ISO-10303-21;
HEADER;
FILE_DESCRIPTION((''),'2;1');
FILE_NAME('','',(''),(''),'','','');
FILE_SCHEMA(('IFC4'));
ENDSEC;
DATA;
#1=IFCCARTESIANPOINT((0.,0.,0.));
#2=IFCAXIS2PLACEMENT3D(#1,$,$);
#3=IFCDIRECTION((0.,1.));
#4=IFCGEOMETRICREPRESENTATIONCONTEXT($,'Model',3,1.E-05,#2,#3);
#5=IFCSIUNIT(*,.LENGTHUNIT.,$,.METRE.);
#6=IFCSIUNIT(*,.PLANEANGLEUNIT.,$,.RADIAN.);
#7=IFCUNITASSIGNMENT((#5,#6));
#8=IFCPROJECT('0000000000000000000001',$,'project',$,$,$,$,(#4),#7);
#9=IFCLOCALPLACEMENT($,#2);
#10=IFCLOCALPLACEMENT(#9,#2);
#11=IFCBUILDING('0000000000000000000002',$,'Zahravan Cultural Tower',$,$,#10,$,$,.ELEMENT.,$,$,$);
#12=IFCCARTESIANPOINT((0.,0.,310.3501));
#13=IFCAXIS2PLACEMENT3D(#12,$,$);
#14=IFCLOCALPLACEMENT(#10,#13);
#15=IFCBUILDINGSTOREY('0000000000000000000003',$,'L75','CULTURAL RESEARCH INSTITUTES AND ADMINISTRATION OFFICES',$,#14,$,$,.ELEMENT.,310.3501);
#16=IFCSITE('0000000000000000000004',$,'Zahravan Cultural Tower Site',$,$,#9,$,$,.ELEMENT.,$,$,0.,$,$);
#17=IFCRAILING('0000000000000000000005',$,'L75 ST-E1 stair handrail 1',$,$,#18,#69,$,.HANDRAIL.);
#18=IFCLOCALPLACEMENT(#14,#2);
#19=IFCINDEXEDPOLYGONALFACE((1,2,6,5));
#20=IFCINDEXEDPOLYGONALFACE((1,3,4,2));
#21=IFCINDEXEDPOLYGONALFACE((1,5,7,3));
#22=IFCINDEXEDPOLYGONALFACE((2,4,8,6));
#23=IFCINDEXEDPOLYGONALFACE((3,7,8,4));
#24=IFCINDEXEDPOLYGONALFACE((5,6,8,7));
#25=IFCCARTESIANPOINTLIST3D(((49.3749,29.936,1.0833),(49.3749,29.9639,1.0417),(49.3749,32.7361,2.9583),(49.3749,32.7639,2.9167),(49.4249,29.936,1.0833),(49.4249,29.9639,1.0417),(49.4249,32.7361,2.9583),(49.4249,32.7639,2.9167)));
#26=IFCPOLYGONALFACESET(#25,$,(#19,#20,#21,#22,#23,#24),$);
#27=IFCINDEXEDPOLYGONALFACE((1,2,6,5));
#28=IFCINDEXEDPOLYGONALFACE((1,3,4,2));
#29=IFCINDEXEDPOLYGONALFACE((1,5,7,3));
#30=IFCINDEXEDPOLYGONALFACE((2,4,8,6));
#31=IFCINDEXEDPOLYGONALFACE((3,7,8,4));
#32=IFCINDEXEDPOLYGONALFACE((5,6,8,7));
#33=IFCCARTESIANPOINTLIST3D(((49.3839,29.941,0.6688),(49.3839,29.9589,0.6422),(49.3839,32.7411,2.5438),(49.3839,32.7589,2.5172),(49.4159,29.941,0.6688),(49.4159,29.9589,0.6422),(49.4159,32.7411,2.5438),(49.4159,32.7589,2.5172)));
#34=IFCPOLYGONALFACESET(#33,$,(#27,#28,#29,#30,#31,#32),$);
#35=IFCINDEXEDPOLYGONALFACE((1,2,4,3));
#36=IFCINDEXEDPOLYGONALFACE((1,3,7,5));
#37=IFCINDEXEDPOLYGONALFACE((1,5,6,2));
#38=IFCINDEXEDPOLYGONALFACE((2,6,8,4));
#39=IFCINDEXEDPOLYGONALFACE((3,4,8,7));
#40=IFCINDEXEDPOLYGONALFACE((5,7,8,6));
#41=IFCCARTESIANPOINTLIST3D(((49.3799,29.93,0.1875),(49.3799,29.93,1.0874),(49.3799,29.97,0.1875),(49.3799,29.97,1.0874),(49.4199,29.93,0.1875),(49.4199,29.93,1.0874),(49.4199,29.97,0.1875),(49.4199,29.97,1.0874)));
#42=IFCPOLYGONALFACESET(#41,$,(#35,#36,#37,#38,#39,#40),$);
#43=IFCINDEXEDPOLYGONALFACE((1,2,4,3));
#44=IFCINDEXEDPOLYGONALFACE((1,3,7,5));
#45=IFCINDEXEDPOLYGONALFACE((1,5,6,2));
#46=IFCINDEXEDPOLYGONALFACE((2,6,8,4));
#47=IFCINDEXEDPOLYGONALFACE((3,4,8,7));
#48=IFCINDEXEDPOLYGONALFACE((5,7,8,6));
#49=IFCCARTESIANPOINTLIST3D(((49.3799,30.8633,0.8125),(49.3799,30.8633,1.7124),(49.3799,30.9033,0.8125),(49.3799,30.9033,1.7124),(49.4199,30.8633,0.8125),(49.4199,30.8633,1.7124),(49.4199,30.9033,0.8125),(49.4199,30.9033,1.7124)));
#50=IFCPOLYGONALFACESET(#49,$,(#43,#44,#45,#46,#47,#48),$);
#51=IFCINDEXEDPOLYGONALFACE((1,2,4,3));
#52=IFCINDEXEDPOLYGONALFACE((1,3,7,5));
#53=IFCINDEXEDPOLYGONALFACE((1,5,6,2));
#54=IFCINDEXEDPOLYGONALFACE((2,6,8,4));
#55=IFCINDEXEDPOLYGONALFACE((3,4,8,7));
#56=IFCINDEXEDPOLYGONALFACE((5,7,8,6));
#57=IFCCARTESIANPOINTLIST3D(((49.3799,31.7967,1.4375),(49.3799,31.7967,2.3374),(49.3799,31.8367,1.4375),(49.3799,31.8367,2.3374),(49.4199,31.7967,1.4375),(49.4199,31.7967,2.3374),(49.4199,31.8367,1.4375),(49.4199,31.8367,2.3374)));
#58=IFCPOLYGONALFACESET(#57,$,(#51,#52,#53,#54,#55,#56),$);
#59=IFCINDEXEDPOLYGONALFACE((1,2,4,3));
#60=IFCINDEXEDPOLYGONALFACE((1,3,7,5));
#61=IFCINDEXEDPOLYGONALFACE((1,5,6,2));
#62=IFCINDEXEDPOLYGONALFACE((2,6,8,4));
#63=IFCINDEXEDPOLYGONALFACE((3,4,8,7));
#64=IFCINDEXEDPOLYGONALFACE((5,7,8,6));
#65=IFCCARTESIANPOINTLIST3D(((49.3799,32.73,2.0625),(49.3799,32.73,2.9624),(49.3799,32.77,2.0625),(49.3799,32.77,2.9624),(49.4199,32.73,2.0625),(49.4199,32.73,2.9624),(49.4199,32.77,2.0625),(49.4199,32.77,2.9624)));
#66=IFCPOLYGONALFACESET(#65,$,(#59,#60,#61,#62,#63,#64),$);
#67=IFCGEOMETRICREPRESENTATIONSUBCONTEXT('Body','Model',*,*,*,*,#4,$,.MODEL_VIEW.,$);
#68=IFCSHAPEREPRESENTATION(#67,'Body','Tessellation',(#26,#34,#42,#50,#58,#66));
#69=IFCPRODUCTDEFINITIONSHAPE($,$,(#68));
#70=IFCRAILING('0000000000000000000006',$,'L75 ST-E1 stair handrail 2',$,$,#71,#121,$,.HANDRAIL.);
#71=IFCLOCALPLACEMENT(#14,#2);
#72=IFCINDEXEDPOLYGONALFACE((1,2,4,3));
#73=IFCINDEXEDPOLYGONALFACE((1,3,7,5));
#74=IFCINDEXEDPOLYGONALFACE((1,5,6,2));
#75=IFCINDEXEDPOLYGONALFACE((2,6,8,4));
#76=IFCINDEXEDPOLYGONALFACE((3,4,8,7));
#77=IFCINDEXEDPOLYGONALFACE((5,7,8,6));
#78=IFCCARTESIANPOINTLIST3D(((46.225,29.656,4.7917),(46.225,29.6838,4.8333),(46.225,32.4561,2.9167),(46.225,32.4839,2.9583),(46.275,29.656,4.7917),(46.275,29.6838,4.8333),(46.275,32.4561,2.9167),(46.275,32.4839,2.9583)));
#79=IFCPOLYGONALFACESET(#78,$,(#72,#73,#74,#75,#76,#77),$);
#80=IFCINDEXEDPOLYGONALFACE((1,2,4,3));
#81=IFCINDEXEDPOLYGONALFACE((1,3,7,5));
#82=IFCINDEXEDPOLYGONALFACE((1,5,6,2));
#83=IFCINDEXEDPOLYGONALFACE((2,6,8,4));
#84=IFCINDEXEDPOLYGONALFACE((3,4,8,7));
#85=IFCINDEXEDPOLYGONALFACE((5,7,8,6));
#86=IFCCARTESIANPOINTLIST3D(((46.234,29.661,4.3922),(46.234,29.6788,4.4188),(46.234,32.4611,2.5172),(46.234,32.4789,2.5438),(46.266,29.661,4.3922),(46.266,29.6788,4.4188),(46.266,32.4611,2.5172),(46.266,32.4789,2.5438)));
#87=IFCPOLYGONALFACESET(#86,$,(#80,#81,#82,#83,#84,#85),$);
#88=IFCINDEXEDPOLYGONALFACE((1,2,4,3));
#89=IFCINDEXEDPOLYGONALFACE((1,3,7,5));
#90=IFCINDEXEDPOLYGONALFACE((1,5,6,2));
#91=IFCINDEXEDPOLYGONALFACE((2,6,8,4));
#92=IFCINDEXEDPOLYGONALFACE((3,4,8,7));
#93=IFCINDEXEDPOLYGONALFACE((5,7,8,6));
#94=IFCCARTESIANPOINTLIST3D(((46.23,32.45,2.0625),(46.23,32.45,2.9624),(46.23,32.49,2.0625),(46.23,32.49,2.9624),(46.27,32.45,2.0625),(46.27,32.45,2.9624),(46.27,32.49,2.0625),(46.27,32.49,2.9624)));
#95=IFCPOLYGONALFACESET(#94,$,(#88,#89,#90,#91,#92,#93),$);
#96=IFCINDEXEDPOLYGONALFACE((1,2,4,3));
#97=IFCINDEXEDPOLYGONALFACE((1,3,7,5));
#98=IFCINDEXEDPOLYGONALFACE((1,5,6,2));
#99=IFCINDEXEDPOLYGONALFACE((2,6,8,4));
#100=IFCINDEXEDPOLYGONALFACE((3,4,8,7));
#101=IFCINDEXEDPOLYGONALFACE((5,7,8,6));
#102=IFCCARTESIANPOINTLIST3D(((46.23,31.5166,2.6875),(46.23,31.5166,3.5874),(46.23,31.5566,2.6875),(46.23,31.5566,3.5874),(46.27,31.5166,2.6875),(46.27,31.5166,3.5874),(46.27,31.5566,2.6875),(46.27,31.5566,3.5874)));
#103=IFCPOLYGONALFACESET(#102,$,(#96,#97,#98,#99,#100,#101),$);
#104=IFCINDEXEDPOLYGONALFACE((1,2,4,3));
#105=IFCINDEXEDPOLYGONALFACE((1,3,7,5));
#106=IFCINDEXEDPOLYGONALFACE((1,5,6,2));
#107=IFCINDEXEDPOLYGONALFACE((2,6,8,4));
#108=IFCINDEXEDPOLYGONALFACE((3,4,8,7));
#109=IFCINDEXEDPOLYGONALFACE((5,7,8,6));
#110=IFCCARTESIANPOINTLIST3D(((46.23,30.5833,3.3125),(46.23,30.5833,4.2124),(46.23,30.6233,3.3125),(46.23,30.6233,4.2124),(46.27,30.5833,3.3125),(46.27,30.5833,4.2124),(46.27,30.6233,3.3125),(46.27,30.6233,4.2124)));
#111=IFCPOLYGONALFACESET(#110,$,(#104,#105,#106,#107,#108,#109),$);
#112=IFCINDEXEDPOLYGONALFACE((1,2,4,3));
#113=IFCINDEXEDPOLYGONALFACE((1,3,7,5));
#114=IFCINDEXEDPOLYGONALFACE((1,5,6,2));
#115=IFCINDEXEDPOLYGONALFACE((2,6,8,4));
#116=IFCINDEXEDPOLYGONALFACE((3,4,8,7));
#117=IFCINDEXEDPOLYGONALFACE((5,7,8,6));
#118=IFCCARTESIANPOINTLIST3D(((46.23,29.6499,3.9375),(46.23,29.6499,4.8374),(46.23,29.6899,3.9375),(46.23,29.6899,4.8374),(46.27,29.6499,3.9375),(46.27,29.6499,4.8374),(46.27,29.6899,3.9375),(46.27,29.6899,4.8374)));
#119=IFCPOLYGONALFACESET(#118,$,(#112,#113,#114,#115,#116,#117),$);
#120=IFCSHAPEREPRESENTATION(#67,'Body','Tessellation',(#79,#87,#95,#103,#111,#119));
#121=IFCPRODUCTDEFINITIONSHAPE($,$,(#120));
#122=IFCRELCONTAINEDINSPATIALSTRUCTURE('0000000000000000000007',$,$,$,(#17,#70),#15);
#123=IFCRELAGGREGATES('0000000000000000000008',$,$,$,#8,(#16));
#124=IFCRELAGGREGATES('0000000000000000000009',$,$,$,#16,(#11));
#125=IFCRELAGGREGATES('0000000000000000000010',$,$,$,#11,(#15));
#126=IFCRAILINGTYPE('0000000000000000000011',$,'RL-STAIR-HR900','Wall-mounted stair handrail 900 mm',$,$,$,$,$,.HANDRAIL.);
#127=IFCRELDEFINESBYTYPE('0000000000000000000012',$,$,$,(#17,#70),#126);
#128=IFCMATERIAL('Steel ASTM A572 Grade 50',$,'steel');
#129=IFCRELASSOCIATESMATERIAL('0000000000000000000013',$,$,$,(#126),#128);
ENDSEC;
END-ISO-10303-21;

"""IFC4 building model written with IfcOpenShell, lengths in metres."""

from ifc_helpers import new_model, si_unit, direction, frame, origin, origin_2d, place, context, subcontext, project, spatial, rectangle, extrude, material, type_object, element, save


model = new_model("IFC4")

# Units and contexts
model_context = context("Model", 3, precision=1e-05, world=origin(), true_north=direction((0.0, 1.0)))
body_context = subcontext(model_context, "Body", "Model", "MODEL_VIEW")
ifc_project = project(units=[si_unit("LENGTHUNIT", "METRE"), si_unit("PLANEANGLEUNIT", "RADIAN")], contexts=[model_context])

# Site, building, storey
site_placement = place(None, origin())
site = spatial("IfcSite", under=ifc_project, at=site_placement, Name="Zahravan Cultural Tower Site", CompositionType="ELEMENT", RefElevation=0.0)
building_placement = place(site_placement, origin())
building = spatial("IfcBuilding", under=site, at=building_placement, Name="Zahravan Cultural Tower", CompositionType="ELEMENT")
storey_placement = place(building_placement, frame((0.0, 0.0, 310.3501)))
storey = spatial("IfcBuildingStorey", under=building, at=storey_placement, Name="L75", Description="CULTURAL RESEARCH INSTITUTES AND ADMINISTRATION OFFICES", CompositionType="ELEMENT", Elevation=310.3501)

# Shared definitions
ifc_material_1 = material(Name="Steel ASTM A572 Grade 50", Category="steel")

# Railings
railing_type_1 = type_object("IfcRailingType", Name="RL-STAIR-HR900", Description="Wall-mounted stair handrail 900 mm", PredefinedType="HANDRAIL", material=ifc_material_1)
railing_1_placement = place(storey_placement, frame((49.3999, 29.95, 0.1875)))
element("IfcRailing", 1, at=railing_1_placement, inside=storey, type_object=railing_type_1, Name="L75 ST-E1 stair handrail 1", PredefinedType="HANDRAIL", context=body_context, shape_type="SweptSolid", body=[
    extrude(rectangle(XDim=0.05, YDim=0.05, at=origin_2d()), frame((0.0, 0.0, 0.875), z_axis=(0.0, 0.830912, 0.556404), x_axis=(-1.0, 0.0, 0.0)), (0.0, 0.0, 1.0), 3.3699),
    extrude(rectangle(XDim=0.032, YDim=0.032, at=origin_2d()), frame((0.0, 0.0, 0.468), z_axis=(0.0, 0.830912, 0.556404), x_axis=(-1.0, 0.0, 0.0)), (0.0, 0.0, 1.0), 3.3699),
    extrude(rectangle(XDim=0.04, YDim=0.04, at=origin_2d()), origin(), (0.0, 0.0, 1.0), 0.8999),
    extrude(rectangle(XDim=0.04, YDim=0.04, at=origin_2d()), frame((0.0, 0.9333, 0.625)), (0.0, 0.0, 1.0), 0.8999),
    extrude(rectangle(XDim=0.04, YDim=0.04, at=origin_2d()), frame((0.0, 1.8667, 1.25)), (0.0, 0.0, 1.0), 0.8999),
    extrude(rectangle(XDim=0.04, YDim=0.04, at=origin_2d()), frame((0.0, 2.8, 1.875)), (0.0, 0.0, 1.0), 0.8999),
])
railing_2_placement = place(storey_placement, frame((46.25, 32.47, 2.0625)))
element("IfcRailing", 2, at=railing_2_placement, inside=storey, type_object=railing_type_1, Name="L75 ST-E1 stair handrail 2", PredefinedType="HANDRAIL", context=body_context, shape_type="SweptSolid", body=[
    extrude(rectangle(XDim=0.05, YDim=0.05, at=origin_2d()), frame((0.0, 0.0, 0.875), z_axis=(0.0, -0.830912, 0.556404), x_axis=(1.0, 0.0, 0.0)), (0.0, 0.0, 1.0), 3.3699),
    extrude(rectangle(XDim=0.032, YDim=0.032, at=origin_2d()), frame((0.0, 0.0, 0.468), z_axis=(0.0, -0.830912, 0.556404), x_axis=(1.0, 0.0, 0.0)), (0.0, 0.0, 1.0), 3.3699),
    extrude(rectangle(XDim=0.04, YDim=0.04, at=origin_2d()), origin(), (0.0, 0.0, 1.0), 0.8999),
    extrude(rectangle(XDim=0.04, YDim=0.04, at=origin_2d()), frame((0.0, -0.9333, 0.625)), (0.0, 0.0, 1.0), 0.8999),
    extrude(rectangle(XDim=0.04, YDim=0.04, at=origin_2d()), frame((0.0, -1.8667, 1.25)), (0.0, 0.0, 1.0), 0.8999),
    extrude(rectangle(XDim=0.04, YDim=0.04, at=origin_2d()), frame((0.0, -2.8, 1.875)), (0.0, 0.0, 1.0), 0.8999),
])

save(model, "model.ifc")
